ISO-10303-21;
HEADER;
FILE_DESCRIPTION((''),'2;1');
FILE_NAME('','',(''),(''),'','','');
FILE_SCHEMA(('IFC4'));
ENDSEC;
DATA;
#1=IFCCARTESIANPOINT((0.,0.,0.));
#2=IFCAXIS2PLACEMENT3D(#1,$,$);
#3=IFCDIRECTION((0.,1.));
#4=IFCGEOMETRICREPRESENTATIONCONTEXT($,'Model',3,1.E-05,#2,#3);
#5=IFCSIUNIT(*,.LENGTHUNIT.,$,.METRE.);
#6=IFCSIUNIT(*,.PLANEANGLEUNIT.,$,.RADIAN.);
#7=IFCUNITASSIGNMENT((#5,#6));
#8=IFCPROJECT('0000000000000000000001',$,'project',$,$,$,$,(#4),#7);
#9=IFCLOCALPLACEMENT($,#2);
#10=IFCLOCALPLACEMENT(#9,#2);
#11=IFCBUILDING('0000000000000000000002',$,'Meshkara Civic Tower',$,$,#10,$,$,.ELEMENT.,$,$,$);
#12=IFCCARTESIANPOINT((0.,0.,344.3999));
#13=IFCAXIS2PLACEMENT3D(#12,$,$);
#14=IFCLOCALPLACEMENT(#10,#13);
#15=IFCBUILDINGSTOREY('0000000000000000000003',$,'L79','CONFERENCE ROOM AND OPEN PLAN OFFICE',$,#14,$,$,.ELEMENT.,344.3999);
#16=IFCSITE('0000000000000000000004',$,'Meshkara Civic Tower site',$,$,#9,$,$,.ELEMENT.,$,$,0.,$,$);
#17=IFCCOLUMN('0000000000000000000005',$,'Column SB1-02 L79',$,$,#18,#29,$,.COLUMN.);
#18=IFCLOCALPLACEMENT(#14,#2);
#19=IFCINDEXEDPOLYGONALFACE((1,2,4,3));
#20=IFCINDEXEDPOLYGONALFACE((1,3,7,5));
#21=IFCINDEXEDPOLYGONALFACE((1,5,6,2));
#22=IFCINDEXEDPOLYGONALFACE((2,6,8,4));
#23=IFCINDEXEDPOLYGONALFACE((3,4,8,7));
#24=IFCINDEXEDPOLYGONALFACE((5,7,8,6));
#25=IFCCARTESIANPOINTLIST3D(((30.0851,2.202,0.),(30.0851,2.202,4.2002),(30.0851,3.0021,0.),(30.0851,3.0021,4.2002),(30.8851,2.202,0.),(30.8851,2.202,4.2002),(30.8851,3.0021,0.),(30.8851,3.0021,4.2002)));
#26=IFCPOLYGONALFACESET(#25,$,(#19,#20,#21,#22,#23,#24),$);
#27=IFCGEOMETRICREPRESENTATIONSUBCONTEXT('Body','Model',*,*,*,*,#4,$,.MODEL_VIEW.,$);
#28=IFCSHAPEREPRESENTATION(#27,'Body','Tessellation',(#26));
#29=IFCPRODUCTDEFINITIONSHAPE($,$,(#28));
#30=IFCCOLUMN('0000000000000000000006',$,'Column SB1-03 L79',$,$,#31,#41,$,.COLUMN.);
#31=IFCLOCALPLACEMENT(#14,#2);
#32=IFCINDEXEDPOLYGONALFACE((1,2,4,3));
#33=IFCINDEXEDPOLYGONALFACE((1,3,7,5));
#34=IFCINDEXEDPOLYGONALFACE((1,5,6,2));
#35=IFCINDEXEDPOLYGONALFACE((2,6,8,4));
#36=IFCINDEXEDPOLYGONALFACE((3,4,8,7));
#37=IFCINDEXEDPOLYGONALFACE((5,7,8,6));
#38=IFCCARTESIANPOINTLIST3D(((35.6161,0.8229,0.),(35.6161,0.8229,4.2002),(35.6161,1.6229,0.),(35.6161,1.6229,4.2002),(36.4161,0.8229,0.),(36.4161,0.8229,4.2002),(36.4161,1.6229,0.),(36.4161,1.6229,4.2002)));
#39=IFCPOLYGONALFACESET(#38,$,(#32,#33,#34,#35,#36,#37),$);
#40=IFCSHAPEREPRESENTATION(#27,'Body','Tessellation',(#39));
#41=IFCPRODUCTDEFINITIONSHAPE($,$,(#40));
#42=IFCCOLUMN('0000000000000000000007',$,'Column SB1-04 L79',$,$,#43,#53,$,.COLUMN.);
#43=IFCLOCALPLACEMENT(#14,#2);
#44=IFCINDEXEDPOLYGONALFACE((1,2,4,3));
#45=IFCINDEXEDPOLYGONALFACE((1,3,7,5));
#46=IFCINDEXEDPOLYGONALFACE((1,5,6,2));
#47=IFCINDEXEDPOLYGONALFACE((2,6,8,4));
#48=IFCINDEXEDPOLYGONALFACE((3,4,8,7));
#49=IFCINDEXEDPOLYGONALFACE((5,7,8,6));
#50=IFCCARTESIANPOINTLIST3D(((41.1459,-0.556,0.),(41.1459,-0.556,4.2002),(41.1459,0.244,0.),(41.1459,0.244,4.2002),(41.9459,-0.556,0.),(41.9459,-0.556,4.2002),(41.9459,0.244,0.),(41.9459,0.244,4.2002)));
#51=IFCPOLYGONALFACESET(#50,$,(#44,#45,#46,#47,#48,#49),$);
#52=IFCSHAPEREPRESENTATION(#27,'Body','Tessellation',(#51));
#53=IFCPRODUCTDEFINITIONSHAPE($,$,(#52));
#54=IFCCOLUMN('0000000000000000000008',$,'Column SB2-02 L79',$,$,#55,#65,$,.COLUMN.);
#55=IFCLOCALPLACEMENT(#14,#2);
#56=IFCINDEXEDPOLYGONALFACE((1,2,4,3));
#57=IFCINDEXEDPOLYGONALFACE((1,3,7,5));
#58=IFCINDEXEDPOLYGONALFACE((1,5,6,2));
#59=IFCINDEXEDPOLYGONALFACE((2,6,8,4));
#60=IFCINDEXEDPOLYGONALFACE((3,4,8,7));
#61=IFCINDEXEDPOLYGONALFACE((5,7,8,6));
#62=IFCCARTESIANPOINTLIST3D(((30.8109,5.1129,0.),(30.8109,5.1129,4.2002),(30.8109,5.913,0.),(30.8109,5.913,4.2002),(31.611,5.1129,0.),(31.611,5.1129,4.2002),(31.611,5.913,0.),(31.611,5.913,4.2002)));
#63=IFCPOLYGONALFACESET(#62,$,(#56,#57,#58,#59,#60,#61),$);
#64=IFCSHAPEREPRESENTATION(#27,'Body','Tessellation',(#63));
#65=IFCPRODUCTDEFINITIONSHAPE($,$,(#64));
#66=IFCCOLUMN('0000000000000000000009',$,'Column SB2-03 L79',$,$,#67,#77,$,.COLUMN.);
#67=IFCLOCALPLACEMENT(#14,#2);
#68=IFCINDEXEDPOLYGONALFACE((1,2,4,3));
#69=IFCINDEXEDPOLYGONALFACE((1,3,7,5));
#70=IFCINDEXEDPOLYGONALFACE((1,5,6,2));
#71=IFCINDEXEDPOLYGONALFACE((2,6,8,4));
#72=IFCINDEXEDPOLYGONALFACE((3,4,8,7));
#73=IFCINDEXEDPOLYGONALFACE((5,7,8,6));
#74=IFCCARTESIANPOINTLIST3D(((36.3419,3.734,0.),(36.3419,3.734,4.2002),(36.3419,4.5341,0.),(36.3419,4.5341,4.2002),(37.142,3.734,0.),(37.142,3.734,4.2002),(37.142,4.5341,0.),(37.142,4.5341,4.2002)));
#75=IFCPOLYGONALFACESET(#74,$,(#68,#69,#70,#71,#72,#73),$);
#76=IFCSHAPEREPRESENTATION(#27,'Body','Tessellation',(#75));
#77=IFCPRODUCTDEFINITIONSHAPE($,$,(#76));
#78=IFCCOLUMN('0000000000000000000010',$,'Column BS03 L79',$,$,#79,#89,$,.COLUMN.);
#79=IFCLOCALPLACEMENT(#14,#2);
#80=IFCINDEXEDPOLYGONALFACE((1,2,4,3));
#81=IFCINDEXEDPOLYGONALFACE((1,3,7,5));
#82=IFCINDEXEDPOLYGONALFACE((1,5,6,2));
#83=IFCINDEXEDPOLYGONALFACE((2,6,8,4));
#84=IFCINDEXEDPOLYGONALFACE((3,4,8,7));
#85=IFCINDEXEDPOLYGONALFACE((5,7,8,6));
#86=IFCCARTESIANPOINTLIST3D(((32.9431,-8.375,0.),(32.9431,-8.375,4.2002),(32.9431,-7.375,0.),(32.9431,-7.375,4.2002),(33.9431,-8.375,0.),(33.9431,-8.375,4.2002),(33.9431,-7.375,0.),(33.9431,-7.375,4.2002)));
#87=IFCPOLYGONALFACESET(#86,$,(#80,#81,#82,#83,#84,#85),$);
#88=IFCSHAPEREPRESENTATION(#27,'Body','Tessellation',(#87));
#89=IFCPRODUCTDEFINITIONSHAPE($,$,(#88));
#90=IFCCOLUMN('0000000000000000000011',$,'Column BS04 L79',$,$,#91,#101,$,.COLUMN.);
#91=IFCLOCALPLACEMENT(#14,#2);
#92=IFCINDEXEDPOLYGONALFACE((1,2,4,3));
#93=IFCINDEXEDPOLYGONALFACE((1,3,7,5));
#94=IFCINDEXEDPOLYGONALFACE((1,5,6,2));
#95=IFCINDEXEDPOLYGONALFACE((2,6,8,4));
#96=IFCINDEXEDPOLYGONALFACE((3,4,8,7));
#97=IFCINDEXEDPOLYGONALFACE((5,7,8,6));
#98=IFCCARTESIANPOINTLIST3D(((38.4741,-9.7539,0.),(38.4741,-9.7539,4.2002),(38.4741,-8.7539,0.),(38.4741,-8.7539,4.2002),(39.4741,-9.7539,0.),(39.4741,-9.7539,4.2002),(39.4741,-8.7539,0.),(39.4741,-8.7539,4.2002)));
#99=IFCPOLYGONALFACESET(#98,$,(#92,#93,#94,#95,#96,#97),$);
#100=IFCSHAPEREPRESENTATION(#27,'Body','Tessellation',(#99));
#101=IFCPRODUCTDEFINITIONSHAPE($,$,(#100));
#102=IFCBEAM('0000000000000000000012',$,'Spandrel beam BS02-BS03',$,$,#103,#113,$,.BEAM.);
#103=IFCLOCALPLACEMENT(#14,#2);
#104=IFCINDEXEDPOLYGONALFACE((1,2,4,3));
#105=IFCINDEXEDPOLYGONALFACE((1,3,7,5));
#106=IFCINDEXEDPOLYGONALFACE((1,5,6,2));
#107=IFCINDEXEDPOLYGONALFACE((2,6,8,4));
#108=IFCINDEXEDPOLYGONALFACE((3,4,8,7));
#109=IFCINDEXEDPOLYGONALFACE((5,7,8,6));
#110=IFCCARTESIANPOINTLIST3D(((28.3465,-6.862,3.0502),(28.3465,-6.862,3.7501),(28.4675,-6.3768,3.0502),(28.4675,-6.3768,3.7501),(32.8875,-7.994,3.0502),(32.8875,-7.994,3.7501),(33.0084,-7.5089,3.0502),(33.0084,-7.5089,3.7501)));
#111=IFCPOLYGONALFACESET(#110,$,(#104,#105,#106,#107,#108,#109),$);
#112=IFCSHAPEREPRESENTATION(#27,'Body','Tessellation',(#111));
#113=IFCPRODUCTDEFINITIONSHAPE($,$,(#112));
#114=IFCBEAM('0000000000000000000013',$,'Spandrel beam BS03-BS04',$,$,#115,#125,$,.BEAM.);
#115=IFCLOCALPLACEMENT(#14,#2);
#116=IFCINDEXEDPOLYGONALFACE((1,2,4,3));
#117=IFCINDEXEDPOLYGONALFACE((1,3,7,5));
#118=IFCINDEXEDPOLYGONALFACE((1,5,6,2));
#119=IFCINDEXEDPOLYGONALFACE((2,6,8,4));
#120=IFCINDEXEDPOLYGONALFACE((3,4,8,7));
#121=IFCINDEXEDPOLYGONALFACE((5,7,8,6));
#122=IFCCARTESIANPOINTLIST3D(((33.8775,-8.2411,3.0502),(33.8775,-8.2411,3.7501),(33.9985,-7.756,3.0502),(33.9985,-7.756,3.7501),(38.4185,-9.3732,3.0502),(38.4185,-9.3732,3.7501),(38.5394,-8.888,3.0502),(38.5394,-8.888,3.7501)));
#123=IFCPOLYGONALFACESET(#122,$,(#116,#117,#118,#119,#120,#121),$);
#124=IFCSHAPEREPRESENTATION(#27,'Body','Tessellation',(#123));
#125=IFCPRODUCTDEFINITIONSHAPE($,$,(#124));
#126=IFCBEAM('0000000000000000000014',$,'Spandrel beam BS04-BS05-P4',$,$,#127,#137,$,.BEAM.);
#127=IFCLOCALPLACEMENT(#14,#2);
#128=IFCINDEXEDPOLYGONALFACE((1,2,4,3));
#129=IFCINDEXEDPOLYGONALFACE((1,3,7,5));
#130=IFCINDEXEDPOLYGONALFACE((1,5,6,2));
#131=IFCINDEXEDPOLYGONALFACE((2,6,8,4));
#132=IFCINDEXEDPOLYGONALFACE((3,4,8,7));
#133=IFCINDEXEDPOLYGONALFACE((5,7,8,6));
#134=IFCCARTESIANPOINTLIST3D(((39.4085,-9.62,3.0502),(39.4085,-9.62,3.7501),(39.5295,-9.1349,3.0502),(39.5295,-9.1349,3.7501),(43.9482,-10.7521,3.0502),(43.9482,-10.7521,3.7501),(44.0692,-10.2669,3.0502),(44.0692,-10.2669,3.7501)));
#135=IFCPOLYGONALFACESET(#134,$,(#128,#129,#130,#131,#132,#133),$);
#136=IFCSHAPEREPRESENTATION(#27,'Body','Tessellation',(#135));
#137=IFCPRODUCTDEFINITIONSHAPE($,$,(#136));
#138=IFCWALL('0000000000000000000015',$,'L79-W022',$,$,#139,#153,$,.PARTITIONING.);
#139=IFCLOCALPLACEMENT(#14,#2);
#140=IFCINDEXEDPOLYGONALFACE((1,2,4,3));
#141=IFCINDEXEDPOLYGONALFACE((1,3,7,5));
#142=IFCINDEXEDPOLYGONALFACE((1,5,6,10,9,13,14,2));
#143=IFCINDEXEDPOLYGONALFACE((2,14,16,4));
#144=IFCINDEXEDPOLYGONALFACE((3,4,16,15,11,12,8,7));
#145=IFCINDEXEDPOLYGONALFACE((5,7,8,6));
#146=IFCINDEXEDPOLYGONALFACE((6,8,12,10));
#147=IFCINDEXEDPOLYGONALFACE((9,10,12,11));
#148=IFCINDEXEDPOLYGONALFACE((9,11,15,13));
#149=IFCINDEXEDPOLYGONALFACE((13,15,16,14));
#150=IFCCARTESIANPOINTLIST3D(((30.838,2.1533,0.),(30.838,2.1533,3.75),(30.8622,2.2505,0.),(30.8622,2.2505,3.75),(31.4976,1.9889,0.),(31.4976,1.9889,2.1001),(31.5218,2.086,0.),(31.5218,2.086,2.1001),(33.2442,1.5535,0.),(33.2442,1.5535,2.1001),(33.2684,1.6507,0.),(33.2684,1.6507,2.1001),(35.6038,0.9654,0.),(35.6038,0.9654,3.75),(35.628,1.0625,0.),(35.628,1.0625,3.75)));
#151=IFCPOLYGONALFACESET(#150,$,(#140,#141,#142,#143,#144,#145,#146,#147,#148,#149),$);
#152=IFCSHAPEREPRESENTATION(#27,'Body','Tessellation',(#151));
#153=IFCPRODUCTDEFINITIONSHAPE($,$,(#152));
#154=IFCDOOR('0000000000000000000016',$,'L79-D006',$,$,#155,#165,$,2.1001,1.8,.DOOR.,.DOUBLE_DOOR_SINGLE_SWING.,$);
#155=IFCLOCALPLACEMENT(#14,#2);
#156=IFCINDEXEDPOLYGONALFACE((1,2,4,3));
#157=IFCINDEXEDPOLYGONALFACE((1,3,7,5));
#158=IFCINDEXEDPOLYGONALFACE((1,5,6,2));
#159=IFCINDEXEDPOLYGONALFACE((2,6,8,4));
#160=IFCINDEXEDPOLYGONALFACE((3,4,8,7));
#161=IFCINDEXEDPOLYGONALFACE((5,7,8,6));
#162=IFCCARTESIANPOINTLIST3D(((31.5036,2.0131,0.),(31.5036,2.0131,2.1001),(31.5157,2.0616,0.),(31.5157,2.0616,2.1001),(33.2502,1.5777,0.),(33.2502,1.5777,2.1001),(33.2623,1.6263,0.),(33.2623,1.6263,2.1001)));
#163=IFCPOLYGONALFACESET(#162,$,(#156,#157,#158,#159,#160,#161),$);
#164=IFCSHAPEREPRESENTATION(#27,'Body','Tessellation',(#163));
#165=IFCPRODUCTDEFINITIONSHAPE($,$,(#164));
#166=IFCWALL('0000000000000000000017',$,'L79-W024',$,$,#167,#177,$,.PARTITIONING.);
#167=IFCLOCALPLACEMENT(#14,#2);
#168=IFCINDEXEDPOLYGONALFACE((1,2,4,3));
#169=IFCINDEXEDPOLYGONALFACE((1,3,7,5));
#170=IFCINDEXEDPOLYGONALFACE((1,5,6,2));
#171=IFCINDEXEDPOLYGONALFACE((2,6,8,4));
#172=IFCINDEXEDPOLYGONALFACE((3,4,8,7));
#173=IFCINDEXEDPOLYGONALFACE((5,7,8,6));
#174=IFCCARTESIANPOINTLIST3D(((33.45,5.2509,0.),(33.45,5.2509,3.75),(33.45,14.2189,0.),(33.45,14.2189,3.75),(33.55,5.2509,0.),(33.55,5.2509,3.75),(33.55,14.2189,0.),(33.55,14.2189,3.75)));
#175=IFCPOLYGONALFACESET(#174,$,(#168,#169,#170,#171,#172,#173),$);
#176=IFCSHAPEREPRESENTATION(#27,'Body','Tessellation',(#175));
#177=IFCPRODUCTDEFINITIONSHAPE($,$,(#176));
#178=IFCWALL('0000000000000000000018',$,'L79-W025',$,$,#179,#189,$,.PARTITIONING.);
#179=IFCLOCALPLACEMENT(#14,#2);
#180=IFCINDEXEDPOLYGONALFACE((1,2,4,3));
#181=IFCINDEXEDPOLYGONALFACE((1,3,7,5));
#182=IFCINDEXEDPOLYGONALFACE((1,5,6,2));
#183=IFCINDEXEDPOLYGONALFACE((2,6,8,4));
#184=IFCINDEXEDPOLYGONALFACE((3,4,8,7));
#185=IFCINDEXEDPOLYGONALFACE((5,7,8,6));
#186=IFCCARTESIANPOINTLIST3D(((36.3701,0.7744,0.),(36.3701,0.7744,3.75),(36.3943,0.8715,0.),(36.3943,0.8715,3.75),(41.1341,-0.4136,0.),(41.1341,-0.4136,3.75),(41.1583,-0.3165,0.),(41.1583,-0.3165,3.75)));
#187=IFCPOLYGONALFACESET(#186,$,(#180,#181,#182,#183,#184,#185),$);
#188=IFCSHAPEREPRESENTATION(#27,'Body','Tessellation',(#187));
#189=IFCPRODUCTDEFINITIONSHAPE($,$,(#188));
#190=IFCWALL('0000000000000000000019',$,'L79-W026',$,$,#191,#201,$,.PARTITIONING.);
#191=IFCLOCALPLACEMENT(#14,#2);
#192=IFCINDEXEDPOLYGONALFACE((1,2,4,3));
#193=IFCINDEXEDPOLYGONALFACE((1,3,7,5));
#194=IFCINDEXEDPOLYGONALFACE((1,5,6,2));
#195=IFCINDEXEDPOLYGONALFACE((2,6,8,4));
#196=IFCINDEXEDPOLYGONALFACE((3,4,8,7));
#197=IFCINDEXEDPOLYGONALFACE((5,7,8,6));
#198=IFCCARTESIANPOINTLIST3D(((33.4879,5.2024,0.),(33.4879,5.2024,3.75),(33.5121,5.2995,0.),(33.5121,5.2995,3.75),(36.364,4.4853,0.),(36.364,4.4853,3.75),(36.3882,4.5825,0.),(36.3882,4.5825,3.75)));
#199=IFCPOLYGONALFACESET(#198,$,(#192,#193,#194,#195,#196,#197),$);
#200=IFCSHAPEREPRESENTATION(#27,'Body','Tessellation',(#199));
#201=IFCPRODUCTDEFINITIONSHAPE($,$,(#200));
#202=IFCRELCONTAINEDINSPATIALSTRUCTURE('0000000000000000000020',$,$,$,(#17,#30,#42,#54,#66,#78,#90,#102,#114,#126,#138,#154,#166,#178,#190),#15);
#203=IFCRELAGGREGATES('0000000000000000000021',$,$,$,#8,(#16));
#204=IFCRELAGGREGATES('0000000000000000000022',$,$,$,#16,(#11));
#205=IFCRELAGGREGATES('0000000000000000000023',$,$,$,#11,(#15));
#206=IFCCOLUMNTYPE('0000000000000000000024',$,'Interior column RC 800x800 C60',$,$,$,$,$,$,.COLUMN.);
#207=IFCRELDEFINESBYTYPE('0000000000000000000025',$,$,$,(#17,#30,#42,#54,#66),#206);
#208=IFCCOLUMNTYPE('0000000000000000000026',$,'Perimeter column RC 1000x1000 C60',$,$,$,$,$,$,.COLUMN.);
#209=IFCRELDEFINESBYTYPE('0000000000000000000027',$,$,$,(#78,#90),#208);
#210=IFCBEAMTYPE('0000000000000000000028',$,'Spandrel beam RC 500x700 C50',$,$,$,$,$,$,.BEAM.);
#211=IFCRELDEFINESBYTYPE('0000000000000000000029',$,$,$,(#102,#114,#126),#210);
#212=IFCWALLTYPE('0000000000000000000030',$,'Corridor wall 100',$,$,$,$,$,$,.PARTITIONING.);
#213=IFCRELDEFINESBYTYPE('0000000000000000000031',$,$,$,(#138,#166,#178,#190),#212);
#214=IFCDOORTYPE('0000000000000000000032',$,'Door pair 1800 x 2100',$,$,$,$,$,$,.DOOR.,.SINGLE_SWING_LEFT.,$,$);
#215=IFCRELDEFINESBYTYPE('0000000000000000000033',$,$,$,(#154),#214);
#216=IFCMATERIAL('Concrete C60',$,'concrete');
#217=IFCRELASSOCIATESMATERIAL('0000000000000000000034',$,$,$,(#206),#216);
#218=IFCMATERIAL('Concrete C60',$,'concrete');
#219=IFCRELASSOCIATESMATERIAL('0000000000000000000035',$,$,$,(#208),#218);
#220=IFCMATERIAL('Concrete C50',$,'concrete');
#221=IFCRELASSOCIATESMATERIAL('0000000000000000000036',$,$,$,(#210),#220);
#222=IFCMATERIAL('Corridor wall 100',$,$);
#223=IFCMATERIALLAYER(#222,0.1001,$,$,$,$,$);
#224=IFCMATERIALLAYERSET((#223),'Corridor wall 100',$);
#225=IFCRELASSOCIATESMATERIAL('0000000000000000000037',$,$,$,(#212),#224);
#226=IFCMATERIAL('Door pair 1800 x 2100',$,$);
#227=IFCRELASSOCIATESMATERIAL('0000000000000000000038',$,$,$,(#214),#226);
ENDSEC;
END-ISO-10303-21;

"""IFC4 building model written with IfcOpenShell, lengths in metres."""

from ifc_helpers import new_model, si_unit, direction, frame, frame_2d, origin, origin_2d, place, context, subcontext, project, spatial, rectangle, extrude, material, layer, layer_set, material_profile, profile_set, type_object, element, fill, save


model = new_model("IFC4")

# Units and contexts
model_context = context("Model", 3, precision=1e-05, world=origin(), true_north=direction((0.0, 1.0)))
body_context = subcontext(model_context, "Body", "Model", "MODEL_VIEW")
ifc_project = project(units=[si_unit("LENGTHUNIT", "METRE"), si_unit("PLANEANGLEUNIT", "RADIAN")], contexts=[model_context])

# Site, building, storey
site_placement = place(None, origin())
site = spatial("IfcSite", under=ifc_project, at=site_placement, Name="Meshkara Civic Tower site", CompositionType="ELEMENT", RefElevation=0.0)
building_placement = place(site_placement, origin())
building = spatial("IfcBuilding", under=site, at=building_placement, Name="Meshkara Civic Tower", CompositionType="ELEMENT")
storey_placement = place(building_placement, frame((0.0, 0.0, 344.3999)))
storey = spatial("IfcBuildingStorey", under=building, at=storey_placement, Name="L79", Description="CONFERENCE ROOM AND OPEN PLAN OFFICE", CompositionType="ELEMENT", Elevation=344.3999)

# Columns
ifc_material_1 = material(Name="Concrete C60", Category="concrete")
ifc_material_profile_1 = material_profile(ifc_material_1, rectangle(XDim=0.8, YDim=0.8, at=origin_2d()))
ifc_profile_set_1 = profile_set([ifc_material_profile_1], Name="Concrete C60")
column_type_1 = type_object("IfcColumnType", Name="Interior column RC 800x800 C60", PredefinedType="COLUMN", material=ifc_profile_set_1)
for number, where, z_axis, x_axis, name in (
    (1, (30.4851, 2.6021, 0.0), (0.0, 0.0, 1.0), (1.0, 0.0, 0.0), "Column SB1-02 L79"),
    (2, (36.0161, 1.2229, 0.0), (0.0, 0.0, 1.0), (1.0, 0.0, 0.0), "Column SB1-03 L79"),
    (3, (41.5459, -0.156, 0.0), (0.0, 0.0, 1.0), (1.0, 0.0, 0.0), "Column SB1-04 L79"),
    (4, (31.2109, 5.5129, 0.0), (0.0, 0.0, 1.0), (1.0, 0.0, 0.0), "Column SB2-02 L79"),
    (5, (36.7419, 4.134, 0.0), (0.0, 0.0, 1.0), (1.0, 0.0, 0.0), "Column SB2-03 L79"),
):
    element("IfcColumn", number, at=place(storey_placement, frame(where, z_axis=z_axis, x_axis=x_axis)), inside=storey, type_object=column_type_1, Name=name, PredefinedType="COLUMN", context=body_context, shape_type="SweptSolid", body=[
        extrude(rectangle(XDim=0.8, YDim=0.8, at=origin_2d()), origin(), (0.0, 0.0, 1.0), 4.2002),
    ])
ifc_material_2 = material(Name="Concrete C60", Category="concrete")
ifc_material_profile_2 = material_profile(ifc_material_2, rectangle(XDim=1.0, YDim=1.0, at=origin_2d()))
ifc_profile_set_2 = profile_set([ifc_material_profile_2], Name="Concrete C60")
column_type_2 = type_object("IfcColumnType", Name="Perimeter column RC 1000x1000 C60", PredefinedType="COLUMN", material=ifc_profile_set_2)
for number, where, z_axis, x_axis, name in (
    (6, (33.4431, -7.875, 0.0), (0.0, 0.0, 1.0), (1.0, 0.0, 0.0), "Column BS03 L79"),
    (7, (38.9741, -9.2539, 0.0), (0.0, 0.0, 1.0), (1.0, 0.0, 0.0), "Column BS04 L79"),
):
    element("IfcColumn", number, at=place(storey_placement, frame(where, z_axis=z_axis, x_axis=x_axis)), inside=storey, type_object=column_type_2, Name=name, PredefinedType="COLUMN", context=body_context, shape_type="SweptSolid", body=[
        extrude(rectangle(XDim=1.0, YDim=1.0, at=origin_2d()), origin(), (0.0, 0.0, 1.0), 4.2002),
    ])

# Beams
ifc_material_3 = material(Name="Concrete C50", Category="concrete")
ifc_material_profile_3 = material_profile(ifc_material_3, rectangle(XDim=0.5, YDim=0.7, at=origin_2d()))
ifc_profile_set_3 = profile_set([ifc_material_profile_3], Name="Concrete C50")
beam_type = type_object("IfcBeamType", Name="Spandrel beam RC 500x700 C50", PredefinedType="BEAM", material=ifc_profile_set_3)
for number, where, z_axis, x_axis, name in (
    (8, (28.407, -6.6194, 3.4001), (0.970302, -0.241897, 0.0), (0.241897, 0.970302, 0.0), "Spandrel beam BS02-BS03"),
    (9, (33.938, -7.9985, 3.4001), (0.970302, -0.241897, 0.0), (0.241897, 0.970302, 0.0), "Spandrel beam BS03-BS04"),
):
    element("IfcBeam", number, at=place(storey_placement, frame(where, z_axis=z_axis, x_axis=x_axis)), inside=storey, type_object=beam_type, Name=name, PredefinedType="BEAM", context=body_context, shape_type="SweptSolid", body=[
        extrude(rectangle(XDim=0.5, YDim=0.7, at=origin_2d()), origin(), (0.0, 0.0, 1.0), 4.6799),
    ])
beam_placement = place(storey_placement, frame((39.469, -9.3774, 3.4001), z_axis=(0.970287, -0.241959, 0.0), x_axis=(0.241959, 0.970287, 0.0)))
element("IfcBeam", 10, at=beam_placement, inside=storey, type_object=beam_type, Name="Spandrel beam BS04-BS05-P4", PredefinedType="BEAM", context=body_context, shape_type="SweptSolid", body=[
    extrude(rectangle(XDim=0.5, YDim=0.7, at=origin_2d()), origin(), (0.0, 0.0, 1.0), 4.6787),
])

# Wall, opening, door
ifc_material_4 = material(Name="Corridor wall 100")
ifc_layer_1 = layer(ifc_material_4, 0.1001)
ifc_layer_set_1 = layer_set([ifc_layer_1], Name="Corridor wall 100")
wall_type_1 = type_object("IfcWallType", Name="Corridor wall 100", PredefinedType="PARTITIONING", material=ifc_layer_set_1)
wall_1_placement = place(storey_placement, frame((30.8501, 2.2019, 0.0), z_axis=(0.0, 0.0, 1.0), x_axis=(0.970309, -0.241869, 0.0)))
wall_1 = element("IfcWall", 11, at=wall_1_placement, inside=storey, type_object=wall_type_1, Name="L79-W022", PredefinedType="PARTITIONING", context=body_context, shape_type="SweptSolid", body=[
    extrude(rectangle(XDim=4.9116, YDim=0.1001, at=frame_2d((2.4558, 0.0))), origin(), (0.0, 0.0, 1.0), 3.75),
])
opening_1_placement = place(wall_1_placement, frame((0.6799, 0.0, 0.0)))
opening_1 = element("IfcOpeningElement", 12, at=opening_1_placement, cuts=wall_1, PredefinedType="OPENING", context=body_context, shape_type="SweptSolid", body=[
    extrude(rectangle(XDim=1.8, YDim=2.1001, at=frame_2d((0.8999, 1.05))), frame((0.0, 0.0601, 0.0), z_axis=(0.0, -1.0, 0.0), x_axis=(1.0, 0.0, 0.0)), (0.0, 0.0, 1.0), 0.1201),
])
ifc_material_5 = material(Name="Door pair 1800 x 2100")
door_type_1 = type_object("IfcDoorType", Name="Door pair 1800 x 2100", OperationType="SINGLE_SWING_LEFT", PredefinedType="DOOR", material=ifc_material_5)
door_1_placement = place(opening_1_placement, origin())
door_1 = element("IfcDoor", 13, at=door_1_placement, inside=storey, type_object=door_type_1, Name="L79-D006", OperationType="DOUBLE_DOOR_SINGLE_SWING", OverallHeight=2.1001, OverallWidth=1.8, PredefinedType="DOOR", context=body_context, shape_type="SweptSolid", body=[
    extrude(rectangle(XDim=1.8, YDim=2.1001, at=frame_2d((0.8999, 1.05))), frame((0.0, 0.0249, 0.0), z_axis=(0.0, -1.0, 0.0), x_axis=(1.0, 0.0, 0.0)), (0.0, 0.0, 1.0), 0.05),
])
fill(opening_1, door_1)

# Walls
wall_2_placement = place(storey_placement, frame((33.5, 5.251, 0.0), z_axis=(0.0, 0.0, 1.0), x_axis=(0.0, 1.0, 0.0)))
element("IfcWall", 14, at=wall_2_placement, inside=storey, type_object=wall_type_1, Name="L79-W024", PredefinedType="PARTITIONING", context=body_context, shape_type="SweptSolid", body=[
    extrude(rectangle(XDim=8.968, YDim=0.1001, at=frame_2d((4.4839, 0.0))), origin(), (0.0, 0.0, 1.0), 3.75),
])
wall_3_placement = place(storey_placement, frame((36.3821, 0.823, 0.0), z_axis=(0.0, 0.0, 1.0), x_axis=(0.970286, -0.241962, 0.0)))
element("IfcWall", 15, at=wall_3_placement, inside=storey, type_object=wall_type_1, Name="L79-W025", PredefinedType="PARTITIONING", context=body_context, shape_type="SweptSolid", body=[
    extrude(rectangle(XDim=4.9099, YDim=0.1001, at=frame_2d((2.4551, 0.0))), origin(), (0.0, 0.0, 1.0), 3.75),
])
wall_4_placement = place(storey_placement, frame((36.376, 4.5339, 0.0), z_axis=(0.0, 0.0, 1.0), x_axis=(-0.970297, 0.241915, 0.0)))
element("IfcWall", 16, at=wall_4_placement, inside=storey, type_object=wall_type_1, Name="L79-W026", PredefinedType="PARTITIONING", context=body_context, shape_type="SweptSolid", body=[
    extrude(rectangle(XDim=2.9641, YDim=0.1001, at=frame_2d((1.4819, 0.0))), origin(), (0.0, 0.0, 1.0), 3.75),
])

save(model, "model.ifc")
